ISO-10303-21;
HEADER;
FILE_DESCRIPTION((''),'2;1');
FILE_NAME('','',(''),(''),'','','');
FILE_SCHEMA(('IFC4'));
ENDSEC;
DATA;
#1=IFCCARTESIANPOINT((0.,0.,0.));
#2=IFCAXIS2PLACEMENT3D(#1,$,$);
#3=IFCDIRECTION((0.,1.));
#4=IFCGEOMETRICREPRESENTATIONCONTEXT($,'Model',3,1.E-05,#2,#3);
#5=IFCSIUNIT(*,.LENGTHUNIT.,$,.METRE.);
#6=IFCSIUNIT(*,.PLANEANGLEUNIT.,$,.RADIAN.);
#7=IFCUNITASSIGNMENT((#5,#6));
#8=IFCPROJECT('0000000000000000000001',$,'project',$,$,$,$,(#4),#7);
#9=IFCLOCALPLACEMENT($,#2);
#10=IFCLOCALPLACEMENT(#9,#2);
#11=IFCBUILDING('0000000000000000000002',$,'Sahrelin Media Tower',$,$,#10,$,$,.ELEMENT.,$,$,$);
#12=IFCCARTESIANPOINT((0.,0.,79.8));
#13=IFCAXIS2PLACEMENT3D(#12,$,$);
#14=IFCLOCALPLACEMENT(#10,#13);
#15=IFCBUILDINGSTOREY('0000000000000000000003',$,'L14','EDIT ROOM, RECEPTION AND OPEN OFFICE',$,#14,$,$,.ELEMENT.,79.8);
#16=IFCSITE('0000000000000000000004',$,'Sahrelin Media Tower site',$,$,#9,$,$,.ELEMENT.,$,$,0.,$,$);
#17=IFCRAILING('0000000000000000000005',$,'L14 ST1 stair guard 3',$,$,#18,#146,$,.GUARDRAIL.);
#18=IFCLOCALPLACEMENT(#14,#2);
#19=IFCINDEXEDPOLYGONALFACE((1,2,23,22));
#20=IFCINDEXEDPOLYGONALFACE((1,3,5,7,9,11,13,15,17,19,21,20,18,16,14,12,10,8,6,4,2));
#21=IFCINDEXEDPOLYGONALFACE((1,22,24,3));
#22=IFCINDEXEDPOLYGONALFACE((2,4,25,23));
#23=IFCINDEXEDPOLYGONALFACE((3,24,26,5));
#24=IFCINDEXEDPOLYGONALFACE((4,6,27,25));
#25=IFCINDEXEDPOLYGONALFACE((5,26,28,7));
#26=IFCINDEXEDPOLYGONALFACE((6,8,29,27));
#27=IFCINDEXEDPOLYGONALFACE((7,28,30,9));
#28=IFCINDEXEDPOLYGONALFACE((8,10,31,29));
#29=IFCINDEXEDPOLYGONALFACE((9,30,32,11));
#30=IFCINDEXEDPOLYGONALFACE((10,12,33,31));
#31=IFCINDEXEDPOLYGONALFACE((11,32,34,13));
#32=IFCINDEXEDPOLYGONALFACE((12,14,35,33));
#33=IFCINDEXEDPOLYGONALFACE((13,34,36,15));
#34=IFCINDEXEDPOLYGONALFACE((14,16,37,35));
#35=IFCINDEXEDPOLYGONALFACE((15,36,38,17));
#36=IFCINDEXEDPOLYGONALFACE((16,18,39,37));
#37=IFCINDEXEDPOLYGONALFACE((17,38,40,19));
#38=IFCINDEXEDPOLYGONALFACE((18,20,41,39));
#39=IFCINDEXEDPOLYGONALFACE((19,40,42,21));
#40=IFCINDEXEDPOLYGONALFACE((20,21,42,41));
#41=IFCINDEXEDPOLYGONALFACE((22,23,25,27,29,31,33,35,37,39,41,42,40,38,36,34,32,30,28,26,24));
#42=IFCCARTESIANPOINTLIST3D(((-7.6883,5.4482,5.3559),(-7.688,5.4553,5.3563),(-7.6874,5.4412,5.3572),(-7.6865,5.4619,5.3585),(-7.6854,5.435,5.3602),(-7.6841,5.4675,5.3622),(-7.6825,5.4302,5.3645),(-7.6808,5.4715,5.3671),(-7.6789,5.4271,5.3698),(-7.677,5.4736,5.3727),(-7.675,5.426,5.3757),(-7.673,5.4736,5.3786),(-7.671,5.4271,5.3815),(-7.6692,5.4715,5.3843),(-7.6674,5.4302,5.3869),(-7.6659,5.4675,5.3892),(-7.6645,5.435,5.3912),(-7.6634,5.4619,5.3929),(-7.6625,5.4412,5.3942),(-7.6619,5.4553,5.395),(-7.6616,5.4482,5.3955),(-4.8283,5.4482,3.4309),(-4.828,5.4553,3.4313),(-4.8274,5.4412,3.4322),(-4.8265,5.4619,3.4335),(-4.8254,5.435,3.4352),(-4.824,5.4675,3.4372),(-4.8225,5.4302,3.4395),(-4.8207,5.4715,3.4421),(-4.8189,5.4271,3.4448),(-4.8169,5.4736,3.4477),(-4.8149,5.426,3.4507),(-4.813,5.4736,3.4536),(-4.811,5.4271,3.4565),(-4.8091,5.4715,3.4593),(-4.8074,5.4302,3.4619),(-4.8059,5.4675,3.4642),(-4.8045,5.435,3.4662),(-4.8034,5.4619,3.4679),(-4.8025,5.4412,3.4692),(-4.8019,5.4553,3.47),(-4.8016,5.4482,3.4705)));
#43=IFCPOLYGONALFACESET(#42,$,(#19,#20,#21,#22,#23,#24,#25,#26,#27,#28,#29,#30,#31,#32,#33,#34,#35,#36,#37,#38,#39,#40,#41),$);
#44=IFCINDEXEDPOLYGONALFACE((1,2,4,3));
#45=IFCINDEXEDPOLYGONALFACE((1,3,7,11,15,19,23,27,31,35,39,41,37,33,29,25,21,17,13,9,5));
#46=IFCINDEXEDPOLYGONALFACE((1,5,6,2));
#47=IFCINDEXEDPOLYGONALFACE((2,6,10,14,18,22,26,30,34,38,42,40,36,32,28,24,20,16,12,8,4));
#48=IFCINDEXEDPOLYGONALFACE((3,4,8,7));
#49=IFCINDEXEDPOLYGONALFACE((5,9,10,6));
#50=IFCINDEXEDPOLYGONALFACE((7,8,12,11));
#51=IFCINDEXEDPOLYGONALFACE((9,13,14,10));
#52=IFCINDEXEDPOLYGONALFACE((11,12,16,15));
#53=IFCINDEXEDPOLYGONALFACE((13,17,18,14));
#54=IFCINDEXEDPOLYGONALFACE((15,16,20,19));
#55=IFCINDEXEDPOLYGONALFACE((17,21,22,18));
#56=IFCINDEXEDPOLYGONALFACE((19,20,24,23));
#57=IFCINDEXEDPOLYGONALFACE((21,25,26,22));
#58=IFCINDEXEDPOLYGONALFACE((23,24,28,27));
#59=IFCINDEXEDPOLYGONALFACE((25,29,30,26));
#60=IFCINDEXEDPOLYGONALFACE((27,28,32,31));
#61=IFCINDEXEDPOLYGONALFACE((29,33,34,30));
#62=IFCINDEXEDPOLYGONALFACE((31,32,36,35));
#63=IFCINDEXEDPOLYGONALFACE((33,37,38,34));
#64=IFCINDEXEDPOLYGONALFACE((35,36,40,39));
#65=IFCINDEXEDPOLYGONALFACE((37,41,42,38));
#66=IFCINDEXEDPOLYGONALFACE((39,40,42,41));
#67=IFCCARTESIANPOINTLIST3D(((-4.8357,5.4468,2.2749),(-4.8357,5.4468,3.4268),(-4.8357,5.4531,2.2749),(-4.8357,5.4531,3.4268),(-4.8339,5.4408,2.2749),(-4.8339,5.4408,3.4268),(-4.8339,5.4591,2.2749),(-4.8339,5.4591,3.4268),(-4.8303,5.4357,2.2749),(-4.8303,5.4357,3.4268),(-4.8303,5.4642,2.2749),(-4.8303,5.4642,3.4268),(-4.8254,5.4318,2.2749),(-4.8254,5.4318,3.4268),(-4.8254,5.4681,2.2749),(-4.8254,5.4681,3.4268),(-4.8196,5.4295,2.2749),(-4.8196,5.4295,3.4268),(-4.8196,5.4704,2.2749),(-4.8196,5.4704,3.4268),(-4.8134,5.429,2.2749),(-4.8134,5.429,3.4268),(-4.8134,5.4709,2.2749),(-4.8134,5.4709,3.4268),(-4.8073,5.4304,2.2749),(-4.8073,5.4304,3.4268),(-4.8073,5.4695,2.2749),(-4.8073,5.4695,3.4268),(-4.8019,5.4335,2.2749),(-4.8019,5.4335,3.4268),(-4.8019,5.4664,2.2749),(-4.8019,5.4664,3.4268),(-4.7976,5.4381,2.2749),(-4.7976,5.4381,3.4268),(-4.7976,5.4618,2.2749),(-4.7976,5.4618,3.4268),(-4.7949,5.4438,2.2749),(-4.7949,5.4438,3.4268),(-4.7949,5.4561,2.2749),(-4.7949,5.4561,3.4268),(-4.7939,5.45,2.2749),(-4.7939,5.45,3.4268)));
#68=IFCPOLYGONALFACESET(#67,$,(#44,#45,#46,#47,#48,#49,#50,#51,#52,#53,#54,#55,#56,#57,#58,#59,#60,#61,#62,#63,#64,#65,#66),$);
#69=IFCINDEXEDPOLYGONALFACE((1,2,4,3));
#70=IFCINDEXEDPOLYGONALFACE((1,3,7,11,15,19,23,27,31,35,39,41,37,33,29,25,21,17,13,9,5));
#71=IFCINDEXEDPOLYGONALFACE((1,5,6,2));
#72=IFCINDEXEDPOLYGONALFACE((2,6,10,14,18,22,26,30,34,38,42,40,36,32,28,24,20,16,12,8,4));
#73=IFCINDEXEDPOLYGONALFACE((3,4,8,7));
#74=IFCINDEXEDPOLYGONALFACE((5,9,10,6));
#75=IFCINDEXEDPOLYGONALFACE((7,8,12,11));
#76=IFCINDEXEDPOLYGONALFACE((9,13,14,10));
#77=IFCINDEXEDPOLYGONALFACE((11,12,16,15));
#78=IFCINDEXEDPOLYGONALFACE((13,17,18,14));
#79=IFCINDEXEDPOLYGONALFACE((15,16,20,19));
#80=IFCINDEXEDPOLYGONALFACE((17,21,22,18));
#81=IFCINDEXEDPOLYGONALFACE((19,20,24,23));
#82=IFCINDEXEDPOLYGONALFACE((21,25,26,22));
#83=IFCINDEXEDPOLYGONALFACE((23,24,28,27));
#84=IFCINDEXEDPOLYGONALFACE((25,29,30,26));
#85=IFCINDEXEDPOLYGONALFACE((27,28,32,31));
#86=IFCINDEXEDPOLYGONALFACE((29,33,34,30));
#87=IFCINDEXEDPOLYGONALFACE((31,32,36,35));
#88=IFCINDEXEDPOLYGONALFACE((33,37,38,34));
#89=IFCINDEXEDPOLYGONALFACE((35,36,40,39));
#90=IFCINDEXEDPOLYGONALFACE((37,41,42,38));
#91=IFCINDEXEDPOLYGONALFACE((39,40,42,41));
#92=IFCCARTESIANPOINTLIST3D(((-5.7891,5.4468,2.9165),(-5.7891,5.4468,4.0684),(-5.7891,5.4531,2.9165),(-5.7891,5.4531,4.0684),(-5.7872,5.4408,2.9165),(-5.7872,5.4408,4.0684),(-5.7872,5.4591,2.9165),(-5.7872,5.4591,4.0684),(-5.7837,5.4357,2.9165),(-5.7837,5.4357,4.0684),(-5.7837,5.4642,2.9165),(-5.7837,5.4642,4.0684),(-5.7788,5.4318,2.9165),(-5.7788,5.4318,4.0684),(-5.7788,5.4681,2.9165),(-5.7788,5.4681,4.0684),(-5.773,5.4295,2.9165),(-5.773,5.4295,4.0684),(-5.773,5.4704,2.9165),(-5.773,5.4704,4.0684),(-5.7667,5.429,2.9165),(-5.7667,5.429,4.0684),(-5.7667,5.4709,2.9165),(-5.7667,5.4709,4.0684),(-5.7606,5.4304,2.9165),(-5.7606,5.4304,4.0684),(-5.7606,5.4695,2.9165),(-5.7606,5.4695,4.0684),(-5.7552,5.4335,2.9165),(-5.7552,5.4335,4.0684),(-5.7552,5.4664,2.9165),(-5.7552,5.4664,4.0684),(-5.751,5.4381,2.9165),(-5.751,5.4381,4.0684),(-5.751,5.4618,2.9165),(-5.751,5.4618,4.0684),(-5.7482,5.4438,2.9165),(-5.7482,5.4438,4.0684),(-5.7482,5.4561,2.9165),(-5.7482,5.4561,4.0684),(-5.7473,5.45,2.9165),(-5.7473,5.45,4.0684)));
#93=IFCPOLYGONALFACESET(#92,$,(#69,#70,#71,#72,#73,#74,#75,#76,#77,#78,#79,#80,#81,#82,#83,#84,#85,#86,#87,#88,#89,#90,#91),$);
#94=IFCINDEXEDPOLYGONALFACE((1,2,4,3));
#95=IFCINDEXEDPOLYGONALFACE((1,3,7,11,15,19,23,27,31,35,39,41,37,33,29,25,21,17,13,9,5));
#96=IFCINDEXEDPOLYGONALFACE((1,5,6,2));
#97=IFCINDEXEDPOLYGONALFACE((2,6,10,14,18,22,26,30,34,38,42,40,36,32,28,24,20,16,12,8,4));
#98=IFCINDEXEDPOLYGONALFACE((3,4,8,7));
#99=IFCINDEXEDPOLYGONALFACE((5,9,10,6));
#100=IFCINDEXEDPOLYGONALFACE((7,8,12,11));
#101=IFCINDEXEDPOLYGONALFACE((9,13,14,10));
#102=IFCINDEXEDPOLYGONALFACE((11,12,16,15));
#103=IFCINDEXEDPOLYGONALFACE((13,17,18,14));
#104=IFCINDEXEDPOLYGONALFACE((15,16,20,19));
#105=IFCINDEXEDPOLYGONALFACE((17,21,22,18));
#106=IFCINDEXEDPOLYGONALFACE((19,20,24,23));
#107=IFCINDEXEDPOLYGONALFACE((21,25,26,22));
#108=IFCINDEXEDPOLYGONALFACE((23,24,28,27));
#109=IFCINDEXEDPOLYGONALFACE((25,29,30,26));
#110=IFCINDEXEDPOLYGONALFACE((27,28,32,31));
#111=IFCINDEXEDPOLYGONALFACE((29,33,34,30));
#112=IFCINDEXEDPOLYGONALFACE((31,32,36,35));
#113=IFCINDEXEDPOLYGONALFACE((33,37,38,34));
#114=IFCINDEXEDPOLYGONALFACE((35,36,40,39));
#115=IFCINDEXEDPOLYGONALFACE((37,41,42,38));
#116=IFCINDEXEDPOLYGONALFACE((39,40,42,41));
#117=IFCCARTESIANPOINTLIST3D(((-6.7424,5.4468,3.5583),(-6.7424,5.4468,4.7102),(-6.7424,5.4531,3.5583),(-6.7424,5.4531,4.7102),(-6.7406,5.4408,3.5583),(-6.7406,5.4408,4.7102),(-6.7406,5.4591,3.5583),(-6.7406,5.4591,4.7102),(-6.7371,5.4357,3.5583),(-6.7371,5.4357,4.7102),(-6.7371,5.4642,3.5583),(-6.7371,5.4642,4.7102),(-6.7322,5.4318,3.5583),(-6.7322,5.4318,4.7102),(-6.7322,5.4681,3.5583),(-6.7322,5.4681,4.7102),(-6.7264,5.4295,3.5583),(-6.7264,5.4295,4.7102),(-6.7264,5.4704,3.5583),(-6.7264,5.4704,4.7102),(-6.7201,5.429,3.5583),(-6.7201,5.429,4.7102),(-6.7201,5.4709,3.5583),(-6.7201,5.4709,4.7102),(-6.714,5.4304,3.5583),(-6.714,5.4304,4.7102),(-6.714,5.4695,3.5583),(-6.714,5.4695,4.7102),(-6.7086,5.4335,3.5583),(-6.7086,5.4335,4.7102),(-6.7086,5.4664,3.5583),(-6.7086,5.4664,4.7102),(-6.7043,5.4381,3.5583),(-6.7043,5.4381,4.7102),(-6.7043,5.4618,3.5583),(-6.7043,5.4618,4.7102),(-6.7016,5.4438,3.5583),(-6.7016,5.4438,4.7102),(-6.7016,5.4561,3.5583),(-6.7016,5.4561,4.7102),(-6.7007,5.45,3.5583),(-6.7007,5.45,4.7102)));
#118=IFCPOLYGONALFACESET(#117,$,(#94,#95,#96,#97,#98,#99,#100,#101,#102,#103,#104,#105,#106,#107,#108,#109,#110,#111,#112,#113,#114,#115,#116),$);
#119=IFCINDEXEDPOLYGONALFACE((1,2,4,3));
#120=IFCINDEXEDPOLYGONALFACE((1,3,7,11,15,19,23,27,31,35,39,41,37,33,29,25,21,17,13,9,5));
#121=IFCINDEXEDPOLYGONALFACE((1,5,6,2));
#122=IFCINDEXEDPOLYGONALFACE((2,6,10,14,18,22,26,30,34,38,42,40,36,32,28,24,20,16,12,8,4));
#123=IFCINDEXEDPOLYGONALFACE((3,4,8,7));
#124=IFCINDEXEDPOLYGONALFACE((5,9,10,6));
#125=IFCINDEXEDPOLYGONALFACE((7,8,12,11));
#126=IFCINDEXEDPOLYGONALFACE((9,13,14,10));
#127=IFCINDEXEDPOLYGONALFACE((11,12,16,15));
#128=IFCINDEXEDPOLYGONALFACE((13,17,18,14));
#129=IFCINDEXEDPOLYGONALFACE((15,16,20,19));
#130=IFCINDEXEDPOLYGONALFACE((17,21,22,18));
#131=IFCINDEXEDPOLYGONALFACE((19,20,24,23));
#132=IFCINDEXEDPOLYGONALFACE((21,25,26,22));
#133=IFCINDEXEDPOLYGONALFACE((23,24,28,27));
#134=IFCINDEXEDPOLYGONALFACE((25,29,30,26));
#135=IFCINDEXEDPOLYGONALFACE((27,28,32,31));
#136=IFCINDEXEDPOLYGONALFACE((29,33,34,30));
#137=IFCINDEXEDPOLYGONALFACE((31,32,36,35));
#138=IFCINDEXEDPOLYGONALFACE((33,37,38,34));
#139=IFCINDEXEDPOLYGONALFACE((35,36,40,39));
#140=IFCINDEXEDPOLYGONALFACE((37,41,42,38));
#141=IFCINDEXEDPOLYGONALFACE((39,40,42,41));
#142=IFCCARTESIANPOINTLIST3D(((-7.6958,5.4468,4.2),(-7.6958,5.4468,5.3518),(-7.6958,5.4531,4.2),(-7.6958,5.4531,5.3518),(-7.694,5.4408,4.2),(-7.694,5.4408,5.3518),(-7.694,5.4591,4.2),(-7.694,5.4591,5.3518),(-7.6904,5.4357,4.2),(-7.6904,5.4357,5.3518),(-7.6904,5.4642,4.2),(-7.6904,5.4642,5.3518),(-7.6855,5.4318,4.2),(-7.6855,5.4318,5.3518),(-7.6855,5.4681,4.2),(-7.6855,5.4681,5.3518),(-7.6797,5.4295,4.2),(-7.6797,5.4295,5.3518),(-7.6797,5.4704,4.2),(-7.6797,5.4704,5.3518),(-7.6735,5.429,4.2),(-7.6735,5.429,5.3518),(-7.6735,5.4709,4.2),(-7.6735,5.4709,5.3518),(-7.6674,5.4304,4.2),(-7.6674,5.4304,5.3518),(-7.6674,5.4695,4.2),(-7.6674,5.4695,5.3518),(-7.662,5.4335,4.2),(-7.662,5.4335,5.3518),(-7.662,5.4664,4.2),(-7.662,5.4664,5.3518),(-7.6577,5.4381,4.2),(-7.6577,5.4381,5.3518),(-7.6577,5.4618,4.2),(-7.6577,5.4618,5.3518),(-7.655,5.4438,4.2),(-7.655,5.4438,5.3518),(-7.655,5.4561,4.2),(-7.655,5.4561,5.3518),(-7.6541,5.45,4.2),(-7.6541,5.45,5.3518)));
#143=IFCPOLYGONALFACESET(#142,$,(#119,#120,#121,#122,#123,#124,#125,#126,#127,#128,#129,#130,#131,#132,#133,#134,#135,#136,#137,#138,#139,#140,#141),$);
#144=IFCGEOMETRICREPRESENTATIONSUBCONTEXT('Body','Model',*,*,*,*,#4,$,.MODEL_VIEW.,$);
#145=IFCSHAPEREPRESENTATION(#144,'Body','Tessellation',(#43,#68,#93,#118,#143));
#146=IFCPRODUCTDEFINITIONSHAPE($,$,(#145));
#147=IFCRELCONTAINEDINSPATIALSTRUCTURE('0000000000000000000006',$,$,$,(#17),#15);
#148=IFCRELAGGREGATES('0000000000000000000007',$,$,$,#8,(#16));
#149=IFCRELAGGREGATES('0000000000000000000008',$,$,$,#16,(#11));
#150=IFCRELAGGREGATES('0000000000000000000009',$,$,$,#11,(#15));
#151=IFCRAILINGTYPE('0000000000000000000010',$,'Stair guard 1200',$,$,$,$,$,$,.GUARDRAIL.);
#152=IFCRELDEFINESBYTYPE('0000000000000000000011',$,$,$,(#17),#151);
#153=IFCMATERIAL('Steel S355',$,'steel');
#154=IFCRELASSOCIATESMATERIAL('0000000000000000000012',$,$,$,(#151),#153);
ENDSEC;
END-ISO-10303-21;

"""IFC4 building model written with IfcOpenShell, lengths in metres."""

from ifc_helpers import new_model, si_unit, direction, frame, origin, origin_2d, place, context, subcontext, project, spatial, circle, extrude, material, type_object, element, save


model = new_model("IFC4")

# Units and contexts
model_context = context("Model", 3, precision=1e-05, world=origin(), true_north=direction((0.0, 1.0)))
body_context = subcontext(model_context, "Body", "Model", "MODEL_VIEW")
ifc_project = project(units=[si_unit("LENGTHUNIT", "METRE"), si_unit("PLANEANGLEUNIT", "RADIAN")], contexts=[model_context])

# Site, building, storey
site_placement = place(None, origin())
site = spatial("IfcSite", under=ifc_project, at=site_placement, Name="Sahrelin Media Tower site", CompositionType="ELEMENT", RefElevation=0.0)
building_placement = place(site_placement, origin())
building = spatial("IfcBuilding", under=site, at=building_placement, Name="Sahrelin Media Tower", CompositionType="ELEMENT")
storey_placement = place(building_placement, frame((0.0, 0.0, 79.8)))
storey = spatial("IfcBuildingStorey", under=building, at=storey_placement, Name="L14", Description="EDIT ROOM, RECEPTION AND OPEN OFFICE", CompositionType="ELEMENT", Elevation=79.8)

# Shared definitions
ifc_material_1 = material(Name="Steel S355", Category="steel")

# Railing
railing_type_1 = type_object("IfcRailingType", Name="Stair guard 1200", PredefinedType="GUARDRAIL", material=ifc_material_1)
railing_1_placement = place(storey_placement, frame((-4.8149, 5.45, 2.2749)))
element("IfcRailing", 1, at=railing_1_placement, inside=storey, type_object=railing_type_1, Name="L14 ST1 stair guard 3", PredefinedType="GUARDRAIL", context=body_context, shape_type="SweptSolid", body=[
    extrude(circle(Radius=0.0239, at=origin_2d()), frame((0.0, 0.0, 1.1758), z_axis=(-0.829591, 0.0, 0.558372), x_axis=(0.0, -1.0, 0.0)), (0.0, 0.0, 1.0), 3.4475),
    extrude(circle(Radius=0.021, at=origin_2d()), origin(), (0.0, 0.0, 1.0), 1.1519),
    extrude(circle(Radius=0.021, at=origin_2d()), frame((-0.9534, 0.0, 0.6416)), (0.0, 0.0, 1.0), 1.1519),
    extrude(circle(Radius=0.021, at=origin_2d()), frame((-1.9067, 0.0, 1.2834)), (0.0, 0.0, 1.0), 1.1519),
    extrude(circle(Radius=0.021, at=origin_2d()), frame((-2.8601, 0.0, 1.925)), (0.0, 0.0, 1.0), 1.1519),
])

save(model, "model.ifc")
